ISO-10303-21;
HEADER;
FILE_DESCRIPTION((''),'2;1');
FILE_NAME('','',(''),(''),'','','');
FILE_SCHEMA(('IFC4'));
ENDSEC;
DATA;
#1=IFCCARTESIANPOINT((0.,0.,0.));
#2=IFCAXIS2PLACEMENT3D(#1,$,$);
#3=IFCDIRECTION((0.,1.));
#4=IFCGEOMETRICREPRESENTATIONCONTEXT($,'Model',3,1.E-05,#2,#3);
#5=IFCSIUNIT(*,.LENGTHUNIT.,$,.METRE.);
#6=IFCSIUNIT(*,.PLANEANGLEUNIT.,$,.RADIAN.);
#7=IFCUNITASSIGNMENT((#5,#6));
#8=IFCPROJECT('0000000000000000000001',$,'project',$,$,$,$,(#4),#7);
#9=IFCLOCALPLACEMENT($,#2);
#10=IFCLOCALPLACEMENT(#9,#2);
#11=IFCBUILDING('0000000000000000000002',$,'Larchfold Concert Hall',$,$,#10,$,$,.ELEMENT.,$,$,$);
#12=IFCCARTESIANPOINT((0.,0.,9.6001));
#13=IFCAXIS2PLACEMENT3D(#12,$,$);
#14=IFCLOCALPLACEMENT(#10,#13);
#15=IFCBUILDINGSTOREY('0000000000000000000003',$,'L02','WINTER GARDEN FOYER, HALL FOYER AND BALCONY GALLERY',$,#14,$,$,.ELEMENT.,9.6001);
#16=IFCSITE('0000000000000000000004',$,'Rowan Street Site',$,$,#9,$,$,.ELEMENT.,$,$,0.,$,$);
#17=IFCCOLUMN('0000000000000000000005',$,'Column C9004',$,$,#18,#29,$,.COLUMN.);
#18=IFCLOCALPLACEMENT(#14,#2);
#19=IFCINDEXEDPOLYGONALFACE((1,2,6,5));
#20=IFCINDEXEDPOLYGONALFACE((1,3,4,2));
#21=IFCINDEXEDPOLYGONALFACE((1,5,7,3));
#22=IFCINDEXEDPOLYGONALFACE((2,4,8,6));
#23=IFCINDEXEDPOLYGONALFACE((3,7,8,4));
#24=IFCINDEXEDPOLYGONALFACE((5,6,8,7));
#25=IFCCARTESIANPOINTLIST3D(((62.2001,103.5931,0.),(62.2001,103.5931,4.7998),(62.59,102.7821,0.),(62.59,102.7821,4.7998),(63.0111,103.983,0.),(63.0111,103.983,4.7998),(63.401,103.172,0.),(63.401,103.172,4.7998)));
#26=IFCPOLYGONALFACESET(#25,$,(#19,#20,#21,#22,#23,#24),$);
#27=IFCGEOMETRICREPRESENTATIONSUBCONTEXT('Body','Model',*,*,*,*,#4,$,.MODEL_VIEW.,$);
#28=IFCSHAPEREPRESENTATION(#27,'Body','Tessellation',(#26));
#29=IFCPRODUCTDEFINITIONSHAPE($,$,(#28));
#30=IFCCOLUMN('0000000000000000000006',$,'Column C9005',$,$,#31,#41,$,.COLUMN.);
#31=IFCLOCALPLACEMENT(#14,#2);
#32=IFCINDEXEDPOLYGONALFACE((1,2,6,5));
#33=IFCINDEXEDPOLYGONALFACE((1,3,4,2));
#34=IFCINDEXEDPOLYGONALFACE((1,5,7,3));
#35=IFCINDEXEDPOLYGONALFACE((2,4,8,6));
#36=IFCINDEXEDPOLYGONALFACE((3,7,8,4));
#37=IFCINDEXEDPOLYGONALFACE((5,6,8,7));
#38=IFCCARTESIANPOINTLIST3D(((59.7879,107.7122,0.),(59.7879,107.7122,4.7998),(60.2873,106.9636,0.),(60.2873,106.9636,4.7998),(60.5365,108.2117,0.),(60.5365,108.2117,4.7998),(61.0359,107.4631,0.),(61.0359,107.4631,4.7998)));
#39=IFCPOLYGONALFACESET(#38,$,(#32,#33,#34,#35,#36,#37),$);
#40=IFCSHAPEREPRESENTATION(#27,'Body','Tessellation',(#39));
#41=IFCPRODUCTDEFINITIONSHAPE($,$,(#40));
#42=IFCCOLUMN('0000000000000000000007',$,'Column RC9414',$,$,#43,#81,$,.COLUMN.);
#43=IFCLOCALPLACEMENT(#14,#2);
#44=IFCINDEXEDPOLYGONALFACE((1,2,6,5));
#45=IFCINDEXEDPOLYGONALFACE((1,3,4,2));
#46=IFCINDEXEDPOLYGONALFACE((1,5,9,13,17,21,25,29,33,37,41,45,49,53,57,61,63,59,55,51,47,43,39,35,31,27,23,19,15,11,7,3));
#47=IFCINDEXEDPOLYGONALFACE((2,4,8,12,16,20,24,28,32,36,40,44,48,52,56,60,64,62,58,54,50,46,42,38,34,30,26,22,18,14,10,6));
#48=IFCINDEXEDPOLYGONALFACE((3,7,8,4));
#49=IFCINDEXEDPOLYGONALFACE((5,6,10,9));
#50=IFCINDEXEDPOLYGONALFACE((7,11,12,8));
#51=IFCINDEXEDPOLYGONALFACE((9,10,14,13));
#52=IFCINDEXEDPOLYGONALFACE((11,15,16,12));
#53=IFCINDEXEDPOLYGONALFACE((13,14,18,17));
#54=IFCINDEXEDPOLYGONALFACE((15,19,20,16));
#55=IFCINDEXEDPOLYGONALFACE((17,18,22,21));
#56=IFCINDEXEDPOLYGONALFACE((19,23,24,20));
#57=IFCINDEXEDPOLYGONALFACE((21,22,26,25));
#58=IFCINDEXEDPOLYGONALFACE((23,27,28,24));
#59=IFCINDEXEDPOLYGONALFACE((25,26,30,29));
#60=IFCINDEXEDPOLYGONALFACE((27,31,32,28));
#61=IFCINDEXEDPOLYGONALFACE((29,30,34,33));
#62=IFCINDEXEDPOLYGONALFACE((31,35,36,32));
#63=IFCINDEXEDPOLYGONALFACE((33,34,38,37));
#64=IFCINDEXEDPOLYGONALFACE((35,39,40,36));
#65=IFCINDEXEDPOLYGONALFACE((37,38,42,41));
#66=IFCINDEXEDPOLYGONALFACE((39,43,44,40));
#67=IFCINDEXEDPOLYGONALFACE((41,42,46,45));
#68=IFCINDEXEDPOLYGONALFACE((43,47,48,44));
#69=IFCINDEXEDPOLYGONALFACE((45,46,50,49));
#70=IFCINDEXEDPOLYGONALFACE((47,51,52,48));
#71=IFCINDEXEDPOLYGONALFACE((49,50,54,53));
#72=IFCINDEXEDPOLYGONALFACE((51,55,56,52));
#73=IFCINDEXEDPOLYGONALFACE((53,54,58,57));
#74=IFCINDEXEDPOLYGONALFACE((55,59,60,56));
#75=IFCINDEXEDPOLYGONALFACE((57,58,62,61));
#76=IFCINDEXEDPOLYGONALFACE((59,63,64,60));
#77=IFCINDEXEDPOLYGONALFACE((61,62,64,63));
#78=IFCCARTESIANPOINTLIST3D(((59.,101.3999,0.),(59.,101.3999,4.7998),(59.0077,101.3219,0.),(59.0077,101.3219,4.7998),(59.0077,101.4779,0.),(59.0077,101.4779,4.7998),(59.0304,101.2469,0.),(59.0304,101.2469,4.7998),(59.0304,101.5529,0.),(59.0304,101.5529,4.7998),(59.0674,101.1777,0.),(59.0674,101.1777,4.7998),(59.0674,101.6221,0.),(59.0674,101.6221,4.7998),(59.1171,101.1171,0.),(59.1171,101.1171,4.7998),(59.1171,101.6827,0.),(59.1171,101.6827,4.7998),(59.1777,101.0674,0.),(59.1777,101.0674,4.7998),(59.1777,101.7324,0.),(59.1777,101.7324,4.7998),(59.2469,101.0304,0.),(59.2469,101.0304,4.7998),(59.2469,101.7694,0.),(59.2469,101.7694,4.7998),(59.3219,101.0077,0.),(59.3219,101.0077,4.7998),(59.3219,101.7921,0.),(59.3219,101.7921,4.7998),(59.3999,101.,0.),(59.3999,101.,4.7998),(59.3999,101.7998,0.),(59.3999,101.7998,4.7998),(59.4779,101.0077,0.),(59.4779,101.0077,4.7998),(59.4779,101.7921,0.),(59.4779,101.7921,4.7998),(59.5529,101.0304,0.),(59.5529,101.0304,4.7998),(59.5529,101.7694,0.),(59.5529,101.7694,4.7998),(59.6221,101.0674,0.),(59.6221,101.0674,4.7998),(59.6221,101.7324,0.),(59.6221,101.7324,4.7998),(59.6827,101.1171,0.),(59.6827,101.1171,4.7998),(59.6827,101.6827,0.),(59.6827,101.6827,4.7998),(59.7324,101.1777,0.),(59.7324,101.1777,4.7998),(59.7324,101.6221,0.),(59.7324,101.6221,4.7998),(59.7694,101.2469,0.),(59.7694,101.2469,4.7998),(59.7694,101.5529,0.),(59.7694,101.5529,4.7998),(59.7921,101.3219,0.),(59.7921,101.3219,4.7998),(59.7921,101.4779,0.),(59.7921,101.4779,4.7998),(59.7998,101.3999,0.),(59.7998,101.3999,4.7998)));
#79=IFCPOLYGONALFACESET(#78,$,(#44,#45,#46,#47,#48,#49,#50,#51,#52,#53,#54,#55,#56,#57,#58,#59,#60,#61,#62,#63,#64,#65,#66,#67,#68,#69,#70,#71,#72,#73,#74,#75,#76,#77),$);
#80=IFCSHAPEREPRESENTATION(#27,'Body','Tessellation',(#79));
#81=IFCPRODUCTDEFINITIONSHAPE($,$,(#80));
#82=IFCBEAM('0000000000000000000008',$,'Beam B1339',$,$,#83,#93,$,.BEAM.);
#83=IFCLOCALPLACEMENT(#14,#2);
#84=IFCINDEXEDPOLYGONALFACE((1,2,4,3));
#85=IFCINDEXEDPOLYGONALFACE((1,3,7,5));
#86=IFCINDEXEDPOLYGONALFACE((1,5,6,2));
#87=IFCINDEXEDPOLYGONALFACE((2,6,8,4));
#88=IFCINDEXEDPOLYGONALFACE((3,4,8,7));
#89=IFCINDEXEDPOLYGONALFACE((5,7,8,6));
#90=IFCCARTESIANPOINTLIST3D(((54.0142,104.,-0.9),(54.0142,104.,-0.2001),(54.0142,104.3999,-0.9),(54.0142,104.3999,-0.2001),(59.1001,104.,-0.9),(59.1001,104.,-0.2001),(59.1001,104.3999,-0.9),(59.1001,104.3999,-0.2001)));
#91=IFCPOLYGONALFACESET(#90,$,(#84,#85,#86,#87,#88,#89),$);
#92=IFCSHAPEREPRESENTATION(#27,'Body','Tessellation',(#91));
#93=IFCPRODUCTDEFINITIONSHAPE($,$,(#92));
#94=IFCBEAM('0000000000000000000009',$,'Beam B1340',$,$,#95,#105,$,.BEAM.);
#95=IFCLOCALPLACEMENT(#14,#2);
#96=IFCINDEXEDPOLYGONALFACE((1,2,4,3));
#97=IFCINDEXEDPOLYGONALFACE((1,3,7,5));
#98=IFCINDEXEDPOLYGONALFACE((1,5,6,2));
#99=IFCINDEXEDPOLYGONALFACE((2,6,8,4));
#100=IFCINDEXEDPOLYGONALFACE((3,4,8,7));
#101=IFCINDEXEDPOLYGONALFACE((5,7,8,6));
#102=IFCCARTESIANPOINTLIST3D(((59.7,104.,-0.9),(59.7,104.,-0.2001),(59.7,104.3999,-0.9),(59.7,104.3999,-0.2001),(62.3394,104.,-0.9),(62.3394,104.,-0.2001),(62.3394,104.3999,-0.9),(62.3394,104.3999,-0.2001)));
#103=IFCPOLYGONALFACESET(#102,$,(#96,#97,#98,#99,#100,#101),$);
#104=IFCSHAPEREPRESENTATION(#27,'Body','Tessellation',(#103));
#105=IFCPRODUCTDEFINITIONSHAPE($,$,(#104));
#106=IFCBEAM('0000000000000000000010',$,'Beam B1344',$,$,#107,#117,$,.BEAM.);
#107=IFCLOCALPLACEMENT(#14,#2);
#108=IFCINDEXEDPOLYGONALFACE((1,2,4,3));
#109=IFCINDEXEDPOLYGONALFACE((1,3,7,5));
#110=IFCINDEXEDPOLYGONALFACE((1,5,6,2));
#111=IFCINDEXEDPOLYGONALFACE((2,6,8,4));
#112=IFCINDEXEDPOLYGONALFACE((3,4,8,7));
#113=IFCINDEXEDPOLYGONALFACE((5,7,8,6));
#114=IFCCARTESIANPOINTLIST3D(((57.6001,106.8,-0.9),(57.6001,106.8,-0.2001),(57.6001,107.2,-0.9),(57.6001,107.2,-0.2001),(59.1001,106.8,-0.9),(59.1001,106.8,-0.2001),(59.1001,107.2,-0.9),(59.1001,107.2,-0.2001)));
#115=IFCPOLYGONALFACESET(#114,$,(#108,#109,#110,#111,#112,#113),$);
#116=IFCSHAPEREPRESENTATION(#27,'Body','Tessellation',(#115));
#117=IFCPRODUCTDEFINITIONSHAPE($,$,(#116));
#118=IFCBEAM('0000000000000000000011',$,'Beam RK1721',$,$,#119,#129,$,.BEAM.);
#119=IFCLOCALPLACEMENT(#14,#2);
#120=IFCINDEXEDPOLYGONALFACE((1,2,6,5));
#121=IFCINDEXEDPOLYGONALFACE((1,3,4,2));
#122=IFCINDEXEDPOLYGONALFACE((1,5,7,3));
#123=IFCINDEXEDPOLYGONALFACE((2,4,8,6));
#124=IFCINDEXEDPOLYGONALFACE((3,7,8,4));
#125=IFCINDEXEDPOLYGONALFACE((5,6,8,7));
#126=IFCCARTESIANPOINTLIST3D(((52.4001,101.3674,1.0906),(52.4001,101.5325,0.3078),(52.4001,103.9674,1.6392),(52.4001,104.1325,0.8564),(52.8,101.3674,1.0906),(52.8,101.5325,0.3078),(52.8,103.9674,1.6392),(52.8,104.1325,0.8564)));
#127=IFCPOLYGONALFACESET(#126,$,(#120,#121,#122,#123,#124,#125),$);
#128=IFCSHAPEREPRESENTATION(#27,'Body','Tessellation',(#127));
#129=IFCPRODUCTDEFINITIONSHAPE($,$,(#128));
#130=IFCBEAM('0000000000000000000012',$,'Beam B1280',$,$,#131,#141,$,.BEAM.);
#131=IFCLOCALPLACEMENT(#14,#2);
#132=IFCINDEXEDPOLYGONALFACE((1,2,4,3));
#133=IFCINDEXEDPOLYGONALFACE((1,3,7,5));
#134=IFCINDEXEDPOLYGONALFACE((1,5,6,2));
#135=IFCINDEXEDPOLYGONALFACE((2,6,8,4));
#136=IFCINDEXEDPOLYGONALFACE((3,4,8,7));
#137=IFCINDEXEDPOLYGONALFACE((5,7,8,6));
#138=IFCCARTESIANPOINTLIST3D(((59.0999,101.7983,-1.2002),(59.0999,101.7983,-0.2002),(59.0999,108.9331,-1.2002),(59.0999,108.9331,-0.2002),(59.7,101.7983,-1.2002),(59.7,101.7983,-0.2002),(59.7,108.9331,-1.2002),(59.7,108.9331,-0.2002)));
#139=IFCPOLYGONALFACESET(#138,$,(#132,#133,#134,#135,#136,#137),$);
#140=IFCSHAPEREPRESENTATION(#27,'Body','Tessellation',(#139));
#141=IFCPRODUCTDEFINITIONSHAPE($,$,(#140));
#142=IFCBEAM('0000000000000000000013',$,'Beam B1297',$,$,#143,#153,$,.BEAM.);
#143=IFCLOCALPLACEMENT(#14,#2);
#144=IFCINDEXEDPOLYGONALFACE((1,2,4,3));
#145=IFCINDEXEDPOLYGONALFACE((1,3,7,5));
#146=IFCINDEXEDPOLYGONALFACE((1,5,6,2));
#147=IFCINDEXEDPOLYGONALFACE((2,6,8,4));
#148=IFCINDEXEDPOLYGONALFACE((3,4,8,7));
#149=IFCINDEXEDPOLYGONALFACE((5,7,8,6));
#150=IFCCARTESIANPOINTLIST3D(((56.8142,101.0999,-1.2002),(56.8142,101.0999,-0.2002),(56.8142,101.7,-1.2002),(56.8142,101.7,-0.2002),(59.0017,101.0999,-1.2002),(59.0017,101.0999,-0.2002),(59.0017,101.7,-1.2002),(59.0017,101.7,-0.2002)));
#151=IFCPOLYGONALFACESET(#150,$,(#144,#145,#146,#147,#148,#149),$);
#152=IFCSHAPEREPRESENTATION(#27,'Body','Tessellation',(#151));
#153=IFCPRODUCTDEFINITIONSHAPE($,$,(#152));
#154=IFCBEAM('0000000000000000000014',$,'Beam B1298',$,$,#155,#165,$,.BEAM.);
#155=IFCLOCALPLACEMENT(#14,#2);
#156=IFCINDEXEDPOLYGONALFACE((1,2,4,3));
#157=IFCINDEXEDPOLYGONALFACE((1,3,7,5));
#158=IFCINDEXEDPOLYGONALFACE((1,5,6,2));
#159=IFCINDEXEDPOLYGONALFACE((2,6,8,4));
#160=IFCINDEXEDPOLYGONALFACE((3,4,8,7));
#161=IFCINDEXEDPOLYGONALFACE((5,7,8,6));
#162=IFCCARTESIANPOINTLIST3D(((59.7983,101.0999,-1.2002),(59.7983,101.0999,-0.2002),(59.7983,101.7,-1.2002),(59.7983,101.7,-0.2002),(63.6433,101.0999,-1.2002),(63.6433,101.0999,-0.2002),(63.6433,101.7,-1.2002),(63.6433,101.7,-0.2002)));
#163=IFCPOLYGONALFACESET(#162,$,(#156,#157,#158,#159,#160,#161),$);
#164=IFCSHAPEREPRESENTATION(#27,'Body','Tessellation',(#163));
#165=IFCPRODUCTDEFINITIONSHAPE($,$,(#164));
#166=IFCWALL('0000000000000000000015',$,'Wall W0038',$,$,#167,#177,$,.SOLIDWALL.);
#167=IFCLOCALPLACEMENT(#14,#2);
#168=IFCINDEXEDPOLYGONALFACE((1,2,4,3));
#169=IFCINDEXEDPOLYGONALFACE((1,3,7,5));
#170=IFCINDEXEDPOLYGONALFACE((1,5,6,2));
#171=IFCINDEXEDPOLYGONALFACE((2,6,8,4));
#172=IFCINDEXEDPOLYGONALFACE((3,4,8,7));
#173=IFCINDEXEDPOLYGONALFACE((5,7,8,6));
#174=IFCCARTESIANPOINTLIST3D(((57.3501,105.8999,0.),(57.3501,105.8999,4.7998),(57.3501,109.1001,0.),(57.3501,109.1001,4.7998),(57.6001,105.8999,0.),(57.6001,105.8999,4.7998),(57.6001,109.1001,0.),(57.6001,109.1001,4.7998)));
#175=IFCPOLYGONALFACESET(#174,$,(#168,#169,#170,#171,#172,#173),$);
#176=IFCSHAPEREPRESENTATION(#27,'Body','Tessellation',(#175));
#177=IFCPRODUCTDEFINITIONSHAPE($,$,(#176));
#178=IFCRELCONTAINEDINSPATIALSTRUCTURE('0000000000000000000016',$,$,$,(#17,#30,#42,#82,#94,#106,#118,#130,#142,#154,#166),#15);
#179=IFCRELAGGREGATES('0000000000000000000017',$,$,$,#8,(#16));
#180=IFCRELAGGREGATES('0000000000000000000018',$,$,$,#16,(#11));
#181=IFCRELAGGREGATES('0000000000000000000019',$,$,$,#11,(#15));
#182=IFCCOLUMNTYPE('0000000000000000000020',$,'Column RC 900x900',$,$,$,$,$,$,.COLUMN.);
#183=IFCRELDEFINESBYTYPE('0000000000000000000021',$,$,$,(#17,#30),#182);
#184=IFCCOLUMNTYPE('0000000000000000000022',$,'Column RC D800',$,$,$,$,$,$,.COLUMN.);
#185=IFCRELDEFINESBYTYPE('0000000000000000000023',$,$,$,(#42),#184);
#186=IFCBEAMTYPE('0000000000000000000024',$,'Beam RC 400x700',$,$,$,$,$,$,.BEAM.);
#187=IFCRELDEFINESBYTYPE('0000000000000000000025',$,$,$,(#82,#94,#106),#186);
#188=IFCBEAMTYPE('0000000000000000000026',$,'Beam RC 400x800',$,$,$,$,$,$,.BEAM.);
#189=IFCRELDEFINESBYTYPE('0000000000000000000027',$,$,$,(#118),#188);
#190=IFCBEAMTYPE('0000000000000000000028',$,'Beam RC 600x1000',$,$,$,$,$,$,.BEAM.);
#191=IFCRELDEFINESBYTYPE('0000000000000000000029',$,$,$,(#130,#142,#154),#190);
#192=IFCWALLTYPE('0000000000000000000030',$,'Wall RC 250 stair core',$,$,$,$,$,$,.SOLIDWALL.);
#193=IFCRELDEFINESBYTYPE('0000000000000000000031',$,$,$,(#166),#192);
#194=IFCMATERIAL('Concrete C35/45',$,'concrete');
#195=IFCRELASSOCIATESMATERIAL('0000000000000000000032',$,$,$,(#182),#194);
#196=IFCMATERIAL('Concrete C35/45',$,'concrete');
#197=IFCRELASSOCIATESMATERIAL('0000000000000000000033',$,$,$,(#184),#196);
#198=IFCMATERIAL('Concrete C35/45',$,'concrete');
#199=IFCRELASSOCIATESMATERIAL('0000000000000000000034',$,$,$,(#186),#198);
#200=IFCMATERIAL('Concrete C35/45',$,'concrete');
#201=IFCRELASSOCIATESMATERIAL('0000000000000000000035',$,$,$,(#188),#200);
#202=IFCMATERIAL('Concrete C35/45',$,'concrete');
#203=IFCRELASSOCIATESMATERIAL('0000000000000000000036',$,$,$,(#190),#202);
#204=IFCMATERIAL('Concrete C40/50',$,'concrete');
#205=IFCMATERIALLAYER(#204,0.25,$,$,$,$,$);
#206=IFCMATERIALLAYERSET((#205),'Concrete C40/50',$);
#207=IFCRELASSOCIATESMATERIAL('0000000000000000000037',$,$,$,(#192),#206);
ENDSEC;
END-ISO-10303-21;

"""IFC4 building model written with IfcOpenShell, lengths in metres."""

from ifc_helpers import new_model, si_unit, direction, frame, frame_2d, origin, origin_2d, place, context, subcontext, project, spatial, rectangle, circle, extrude, material, layer, layer_set, material_profile, profile_set, type_object, element, save


model = new_model("IFC4")

# Units and contexts
model_context = context("Model", 3, precision=1e-05, world=origin(), true_north=direction((0.0, 1.0)))
body_context = subcontext(model_context, "Body", "Model", "MODEL_VIEW")
ifc_project = project(units=[si_unit("LENGTHUNIT", "METRE"), si_unit("PLANEANGLEUNIT", "RADIAN")], contexts=[model_context])

# Site, building, storey
site_placement = place(None, origin())
site = spatial("IfcSite", under=ifc_project, at=site_placement, Name="Rowan Street Site", CompositionType="ELEMENT", RefElevation=0.0)
building_placement = place(site_placement, origin())
building = spatial("IfcBuilding", under=site, at=building_placement, Name="Larchfold Concert Hall", CompositionType="ELEMENT")
storey_placement = place(building_placement, frame((0.0, 0.0, 9.6001)))
storey = spatial("IfcBuildingStorey", under=building, at=storey_placement, Name="L02", Description="WINTER GARDEN FOYER, HALL FOYER AND BALCONY GALLERY", CompositionType="ELEMENT", Elevation=9.6001)

# Columns
ifc_material_1 = material(Name="Concrete C35/45", Category="concrete")
ifc_material_profile_1 = material_profile(ifc_material_1, rectangle(XDim=0.8999, YDim=0.8999, at=origin_2d()))
ifc_profile_set_1 = profile_set([ifc_material_profile_1], Name="Concrete C35/45")
column_type_1 = type_object("IfcColumnType", Name="Column RC 900x900", PredefinedType="COLUMN", material=ifc_profile_set_1)
for number, where, z_axis, x_axis, name in (
    (1, (62.8005, 103.3826, 0.0), (0.0, 0.0, 1.0), (0.901263, 0.433272, 0.0), "Column C9004"),
    (2, (60.4119, 107.5876, 0.0), (0.0, 0.0, 1.0), (0.831868, 0.554974, 0.0), "Column C9005"),
):
    element("IfcColumn", number, at=place(storey_placement, frame(where, z_axis=z_axis, x_axis=x_axis)), inside=storey, type_object=column_type_1, Name=name, PredefinedType="COLUMN", context=body_context, shape_type="SweptSolid", body=[
        extrude(rectangle(XDim=0.8999, YDim=0.8999, at=origin_2d()), origin(), (0.0, 0.0, 1.0), 4.7998),
    ])
ifc_material_2 = material(Name="Concrete C35/45", Category="concrete")
ifc_material_profile_2 = material_profile(ifc_material_2, circle(Radius=0.3999, at=origin_2d()))
ifc_profile_set_2 = profile_set([ifc_material_profile_2], Name="Concrete C35/45")
column_type_2 = type_object("IfcColumnType", Name="Column RC D800", PredefinedType="COLUMN", material=ifc_profile_set_2)
column_placement = place(storey_placement, frame((59.3999, 101.3999, 0.0), z_axis=(0.0, 0.0, 1.0), x_axis=(1.0, 0.0, 0.0)))
element("IfcColumn", 3, at=column_placement, inside=storey, type_object=column_type_2, Name="Column RC9414", PredefinedType="COLUMN", context=body_context, shape_type="SweptSolid", body=[
    extrude(circle(Radius=0.3999, at=origin_2d()), origin(), (0.0, 0.0, 1.0), 4.7998),
])

# Beams
ifc_material_3 = material(Name="Concrete C35/45", Category="concrete")
ifc_material_profile_3 = material_profile(ifc_material_3, rectangle(XDim=0.3999, YDim=0.7, at=origin_2d()))
ifc_profile_set_3 = profile_set([ifc_material_profile_3], Name="Concrete C35/45")
beam_type_1 = type_object("IfcBeamType", Name="Beam RC 400x700", PredefinedType="BEAM", material=ifc_profile_set_3)
beam_1_placement = place(storey_placement, frame((54.0142, 104.2, -0.55), z_axis=(1.0, 0.0, 0.0), x_axis=(0.0, 1.0, 0.0)))
element("IfcBeam", 4, at=beam_1_placement, inside=storey, type_object=beam_type_1, Name="Beam B1339", PredefinedType="BEAM", context=body_context, shape_type="SweptSolid", body=[
    extrude(rectangle(XDim=0.3999, YDim=0.7, at=origin_2d()), origin(), (0.0, 0.0, 1.0), 5.0859),
])
beam_2_placement = place(storey_placement, frame((59.7, 104.2, -0.55), z_axis=(1.0, 0.0, 0.0), x_axis=(0.0, 1.0, 0.0)))
element("IfcBeam", 5, at=beam_2_placement, inside=storey, type_object=beam_type_1, Name="Beam B1340", PredefinedType="BEAM", context=body_context, shape_type="SweptSolid", body=[
    extrude(rectangle(XDim=0.3999, YDim=0.7, at=origin_2d()), origin(), (0.0, 0.0, 1.0), 2.6394),
])
beam_3_placement = place(storey_placement, frame((57.6001, 107.0, -0.55), z_axis=(1.0, 0.0, 0.0), x_axis=(0.0, 1.0, 0.0)))
element("IfcBeam", 6, at=beam_3_placement, inside=storey, type_object=beam_type_1, Name="Beam B1344", PredefinedType="BEAM", context=body_context, shape_type="SweptSolid", body=[
    extrude(rectangle(XDim=0.3999, YDim=0.7, at=origin_2d()), origin(), (0.0, 0.0, 1.0), 1.5),
])
ifc_material_4 = material(Name="Concrete C35/45", Category="concrete")
ifc_material_profile_4 = material_profile(ifc_material_4, rectangle(XDim=0.3999, YDim=0.8, at=origin_2d()))
ifc_profile_set_4 = profile_set([ifc_material_profile_4], Name="Concrete C35/45")
beam_type_2 = type_object("IfcBeamType", Name="Beam RC 400x800", PredefinedType="BEAM", material=ifc_profile_set_4)
beam_4_placement = place(storey_placement, frame((52.6001, 101.45, 0.6992), z_axis=(0.0, 0.978459, 0.206441), x_axis=(-1.0, 0.0, 0.0)))
element("IfcBeam", 7, at=beam_4_placement, inside=storey, type_object=beam_type_2, Name="Beam RK1721", PredefinedType="BEAM", context=body_context, shape_type="SweptSolid", body=[
    extrude(rectangle(XDim=0.3999, YDim=0.8, at=origin_2d()), origin(), (0.0, 0.0, 1.0), 2.6572),
])
ifc_material_5 = material(Name="Concrete C35/45", Category="concrete")
ifc_material_profile_5 = material_profile(ifc_material_5, rectangle(XDim=0.6001, YDim=1.0, at=origin_2d()))
ifc_profile_set_5 = profile_set([ifc_material_profile_5], Name="Concrete C35/45")
beam_type_3 = type_object("IfcBeamType", Name="Beam RC 600x1000", PredefinedType="BEAM", material=ifc_profile_set_5)
beam_5_placement = place(storey_placement, frame((59.3999, 101.7983, -0.7002), z_axis=(0.0, 1.0, 0.0), x_axis=(-1.0, 0.0, 0.0)))
element("IfcBeam", 8, at=beam_5_placement, inside=storey, type_object=beam_type_3, Name="Beam B1280", PredefinedType="BEAM", context=body_context, shape_type="SweptSolid", body=[
    extrude(rectangle(XDim=0.6001, YDim=1.0, at=origin_2d()), origin(), (0.0, 0.0, 1.0), 7.1348),
])
beam_6_placement = place(storey_placement, frame((56.8142, 101.3999, -0.7002), z_axis=(1.0, 0.0, 0.0), x_axis=(0.0, 1.0, 0.0)))
element("IfcBeam", 9, at=beam_6_placement, inside=storey, type_object=beam_type_3, Name="Beam B1297", PredefinedType="BEAM", context=body_context, shape_type="SweptSolid", body=[
    extrude(rectangle(XDim=0.6001, YDim=1.0, at=origin_2d()), origin(), (0.0, 0.0, 1.0), 2.1875),
])
beam_7_placement = place(storey_placement, frame((59.7983, 101.3999, -0.7002), z_axis=(1.0, 0.0, 0.0), x_axis=(0.0, 1.0, 0.0)))
element("IfcBeam", 10, at=beam_7_placement, inside=storey, type_object=beam_type_3, Name="Beam B1298", PredefinedType="BEAM", context=body_context, shape_type="SweptSolid", body=[
    extrude(rectangle(XDim=0.6001, YDim=1.0, at=origin_2d()), origin(), (0.0, 0.0, 1.0), 3.845),
])

# Wall
ifc_material_6 = material(Name="Concrete C40/50", Category="concrete")
ifc_layer_1 = layer(ifc_material_6, 0.25)
ifc_layer_set_1 = layer_set([ifc_layer_1], Name="Concrete C40/50")
wall_type_1 = type_object("IfcWallType", Name="Wall RC 250 stair core", PredefinedType="SOLIDWALL", material=ifc_layer_set_1)
wall_1_placement = place(storey_placement, frame((57.4751, 105.8999, 0.0), z_axis=(0.0, 0.0, 1.0), x_axis=(0.0, 1.0, 0.0)))
element("IfcWall", 11, at=wall_1_placement, inside=storey, type_object=wall_type_1, Name="Wall W0038", PredefinedType="SOLIDWALL", context=body_context, shape_type="SweptSolid", body=[
    extrude(rectangle(XDim=3.2002, YDim=0.25, at=frame_2d((1.6001, 0.0))), origin(), (0.0, 0.0, 1.0), 4.7998),
])

save(model, "model.ifc")
